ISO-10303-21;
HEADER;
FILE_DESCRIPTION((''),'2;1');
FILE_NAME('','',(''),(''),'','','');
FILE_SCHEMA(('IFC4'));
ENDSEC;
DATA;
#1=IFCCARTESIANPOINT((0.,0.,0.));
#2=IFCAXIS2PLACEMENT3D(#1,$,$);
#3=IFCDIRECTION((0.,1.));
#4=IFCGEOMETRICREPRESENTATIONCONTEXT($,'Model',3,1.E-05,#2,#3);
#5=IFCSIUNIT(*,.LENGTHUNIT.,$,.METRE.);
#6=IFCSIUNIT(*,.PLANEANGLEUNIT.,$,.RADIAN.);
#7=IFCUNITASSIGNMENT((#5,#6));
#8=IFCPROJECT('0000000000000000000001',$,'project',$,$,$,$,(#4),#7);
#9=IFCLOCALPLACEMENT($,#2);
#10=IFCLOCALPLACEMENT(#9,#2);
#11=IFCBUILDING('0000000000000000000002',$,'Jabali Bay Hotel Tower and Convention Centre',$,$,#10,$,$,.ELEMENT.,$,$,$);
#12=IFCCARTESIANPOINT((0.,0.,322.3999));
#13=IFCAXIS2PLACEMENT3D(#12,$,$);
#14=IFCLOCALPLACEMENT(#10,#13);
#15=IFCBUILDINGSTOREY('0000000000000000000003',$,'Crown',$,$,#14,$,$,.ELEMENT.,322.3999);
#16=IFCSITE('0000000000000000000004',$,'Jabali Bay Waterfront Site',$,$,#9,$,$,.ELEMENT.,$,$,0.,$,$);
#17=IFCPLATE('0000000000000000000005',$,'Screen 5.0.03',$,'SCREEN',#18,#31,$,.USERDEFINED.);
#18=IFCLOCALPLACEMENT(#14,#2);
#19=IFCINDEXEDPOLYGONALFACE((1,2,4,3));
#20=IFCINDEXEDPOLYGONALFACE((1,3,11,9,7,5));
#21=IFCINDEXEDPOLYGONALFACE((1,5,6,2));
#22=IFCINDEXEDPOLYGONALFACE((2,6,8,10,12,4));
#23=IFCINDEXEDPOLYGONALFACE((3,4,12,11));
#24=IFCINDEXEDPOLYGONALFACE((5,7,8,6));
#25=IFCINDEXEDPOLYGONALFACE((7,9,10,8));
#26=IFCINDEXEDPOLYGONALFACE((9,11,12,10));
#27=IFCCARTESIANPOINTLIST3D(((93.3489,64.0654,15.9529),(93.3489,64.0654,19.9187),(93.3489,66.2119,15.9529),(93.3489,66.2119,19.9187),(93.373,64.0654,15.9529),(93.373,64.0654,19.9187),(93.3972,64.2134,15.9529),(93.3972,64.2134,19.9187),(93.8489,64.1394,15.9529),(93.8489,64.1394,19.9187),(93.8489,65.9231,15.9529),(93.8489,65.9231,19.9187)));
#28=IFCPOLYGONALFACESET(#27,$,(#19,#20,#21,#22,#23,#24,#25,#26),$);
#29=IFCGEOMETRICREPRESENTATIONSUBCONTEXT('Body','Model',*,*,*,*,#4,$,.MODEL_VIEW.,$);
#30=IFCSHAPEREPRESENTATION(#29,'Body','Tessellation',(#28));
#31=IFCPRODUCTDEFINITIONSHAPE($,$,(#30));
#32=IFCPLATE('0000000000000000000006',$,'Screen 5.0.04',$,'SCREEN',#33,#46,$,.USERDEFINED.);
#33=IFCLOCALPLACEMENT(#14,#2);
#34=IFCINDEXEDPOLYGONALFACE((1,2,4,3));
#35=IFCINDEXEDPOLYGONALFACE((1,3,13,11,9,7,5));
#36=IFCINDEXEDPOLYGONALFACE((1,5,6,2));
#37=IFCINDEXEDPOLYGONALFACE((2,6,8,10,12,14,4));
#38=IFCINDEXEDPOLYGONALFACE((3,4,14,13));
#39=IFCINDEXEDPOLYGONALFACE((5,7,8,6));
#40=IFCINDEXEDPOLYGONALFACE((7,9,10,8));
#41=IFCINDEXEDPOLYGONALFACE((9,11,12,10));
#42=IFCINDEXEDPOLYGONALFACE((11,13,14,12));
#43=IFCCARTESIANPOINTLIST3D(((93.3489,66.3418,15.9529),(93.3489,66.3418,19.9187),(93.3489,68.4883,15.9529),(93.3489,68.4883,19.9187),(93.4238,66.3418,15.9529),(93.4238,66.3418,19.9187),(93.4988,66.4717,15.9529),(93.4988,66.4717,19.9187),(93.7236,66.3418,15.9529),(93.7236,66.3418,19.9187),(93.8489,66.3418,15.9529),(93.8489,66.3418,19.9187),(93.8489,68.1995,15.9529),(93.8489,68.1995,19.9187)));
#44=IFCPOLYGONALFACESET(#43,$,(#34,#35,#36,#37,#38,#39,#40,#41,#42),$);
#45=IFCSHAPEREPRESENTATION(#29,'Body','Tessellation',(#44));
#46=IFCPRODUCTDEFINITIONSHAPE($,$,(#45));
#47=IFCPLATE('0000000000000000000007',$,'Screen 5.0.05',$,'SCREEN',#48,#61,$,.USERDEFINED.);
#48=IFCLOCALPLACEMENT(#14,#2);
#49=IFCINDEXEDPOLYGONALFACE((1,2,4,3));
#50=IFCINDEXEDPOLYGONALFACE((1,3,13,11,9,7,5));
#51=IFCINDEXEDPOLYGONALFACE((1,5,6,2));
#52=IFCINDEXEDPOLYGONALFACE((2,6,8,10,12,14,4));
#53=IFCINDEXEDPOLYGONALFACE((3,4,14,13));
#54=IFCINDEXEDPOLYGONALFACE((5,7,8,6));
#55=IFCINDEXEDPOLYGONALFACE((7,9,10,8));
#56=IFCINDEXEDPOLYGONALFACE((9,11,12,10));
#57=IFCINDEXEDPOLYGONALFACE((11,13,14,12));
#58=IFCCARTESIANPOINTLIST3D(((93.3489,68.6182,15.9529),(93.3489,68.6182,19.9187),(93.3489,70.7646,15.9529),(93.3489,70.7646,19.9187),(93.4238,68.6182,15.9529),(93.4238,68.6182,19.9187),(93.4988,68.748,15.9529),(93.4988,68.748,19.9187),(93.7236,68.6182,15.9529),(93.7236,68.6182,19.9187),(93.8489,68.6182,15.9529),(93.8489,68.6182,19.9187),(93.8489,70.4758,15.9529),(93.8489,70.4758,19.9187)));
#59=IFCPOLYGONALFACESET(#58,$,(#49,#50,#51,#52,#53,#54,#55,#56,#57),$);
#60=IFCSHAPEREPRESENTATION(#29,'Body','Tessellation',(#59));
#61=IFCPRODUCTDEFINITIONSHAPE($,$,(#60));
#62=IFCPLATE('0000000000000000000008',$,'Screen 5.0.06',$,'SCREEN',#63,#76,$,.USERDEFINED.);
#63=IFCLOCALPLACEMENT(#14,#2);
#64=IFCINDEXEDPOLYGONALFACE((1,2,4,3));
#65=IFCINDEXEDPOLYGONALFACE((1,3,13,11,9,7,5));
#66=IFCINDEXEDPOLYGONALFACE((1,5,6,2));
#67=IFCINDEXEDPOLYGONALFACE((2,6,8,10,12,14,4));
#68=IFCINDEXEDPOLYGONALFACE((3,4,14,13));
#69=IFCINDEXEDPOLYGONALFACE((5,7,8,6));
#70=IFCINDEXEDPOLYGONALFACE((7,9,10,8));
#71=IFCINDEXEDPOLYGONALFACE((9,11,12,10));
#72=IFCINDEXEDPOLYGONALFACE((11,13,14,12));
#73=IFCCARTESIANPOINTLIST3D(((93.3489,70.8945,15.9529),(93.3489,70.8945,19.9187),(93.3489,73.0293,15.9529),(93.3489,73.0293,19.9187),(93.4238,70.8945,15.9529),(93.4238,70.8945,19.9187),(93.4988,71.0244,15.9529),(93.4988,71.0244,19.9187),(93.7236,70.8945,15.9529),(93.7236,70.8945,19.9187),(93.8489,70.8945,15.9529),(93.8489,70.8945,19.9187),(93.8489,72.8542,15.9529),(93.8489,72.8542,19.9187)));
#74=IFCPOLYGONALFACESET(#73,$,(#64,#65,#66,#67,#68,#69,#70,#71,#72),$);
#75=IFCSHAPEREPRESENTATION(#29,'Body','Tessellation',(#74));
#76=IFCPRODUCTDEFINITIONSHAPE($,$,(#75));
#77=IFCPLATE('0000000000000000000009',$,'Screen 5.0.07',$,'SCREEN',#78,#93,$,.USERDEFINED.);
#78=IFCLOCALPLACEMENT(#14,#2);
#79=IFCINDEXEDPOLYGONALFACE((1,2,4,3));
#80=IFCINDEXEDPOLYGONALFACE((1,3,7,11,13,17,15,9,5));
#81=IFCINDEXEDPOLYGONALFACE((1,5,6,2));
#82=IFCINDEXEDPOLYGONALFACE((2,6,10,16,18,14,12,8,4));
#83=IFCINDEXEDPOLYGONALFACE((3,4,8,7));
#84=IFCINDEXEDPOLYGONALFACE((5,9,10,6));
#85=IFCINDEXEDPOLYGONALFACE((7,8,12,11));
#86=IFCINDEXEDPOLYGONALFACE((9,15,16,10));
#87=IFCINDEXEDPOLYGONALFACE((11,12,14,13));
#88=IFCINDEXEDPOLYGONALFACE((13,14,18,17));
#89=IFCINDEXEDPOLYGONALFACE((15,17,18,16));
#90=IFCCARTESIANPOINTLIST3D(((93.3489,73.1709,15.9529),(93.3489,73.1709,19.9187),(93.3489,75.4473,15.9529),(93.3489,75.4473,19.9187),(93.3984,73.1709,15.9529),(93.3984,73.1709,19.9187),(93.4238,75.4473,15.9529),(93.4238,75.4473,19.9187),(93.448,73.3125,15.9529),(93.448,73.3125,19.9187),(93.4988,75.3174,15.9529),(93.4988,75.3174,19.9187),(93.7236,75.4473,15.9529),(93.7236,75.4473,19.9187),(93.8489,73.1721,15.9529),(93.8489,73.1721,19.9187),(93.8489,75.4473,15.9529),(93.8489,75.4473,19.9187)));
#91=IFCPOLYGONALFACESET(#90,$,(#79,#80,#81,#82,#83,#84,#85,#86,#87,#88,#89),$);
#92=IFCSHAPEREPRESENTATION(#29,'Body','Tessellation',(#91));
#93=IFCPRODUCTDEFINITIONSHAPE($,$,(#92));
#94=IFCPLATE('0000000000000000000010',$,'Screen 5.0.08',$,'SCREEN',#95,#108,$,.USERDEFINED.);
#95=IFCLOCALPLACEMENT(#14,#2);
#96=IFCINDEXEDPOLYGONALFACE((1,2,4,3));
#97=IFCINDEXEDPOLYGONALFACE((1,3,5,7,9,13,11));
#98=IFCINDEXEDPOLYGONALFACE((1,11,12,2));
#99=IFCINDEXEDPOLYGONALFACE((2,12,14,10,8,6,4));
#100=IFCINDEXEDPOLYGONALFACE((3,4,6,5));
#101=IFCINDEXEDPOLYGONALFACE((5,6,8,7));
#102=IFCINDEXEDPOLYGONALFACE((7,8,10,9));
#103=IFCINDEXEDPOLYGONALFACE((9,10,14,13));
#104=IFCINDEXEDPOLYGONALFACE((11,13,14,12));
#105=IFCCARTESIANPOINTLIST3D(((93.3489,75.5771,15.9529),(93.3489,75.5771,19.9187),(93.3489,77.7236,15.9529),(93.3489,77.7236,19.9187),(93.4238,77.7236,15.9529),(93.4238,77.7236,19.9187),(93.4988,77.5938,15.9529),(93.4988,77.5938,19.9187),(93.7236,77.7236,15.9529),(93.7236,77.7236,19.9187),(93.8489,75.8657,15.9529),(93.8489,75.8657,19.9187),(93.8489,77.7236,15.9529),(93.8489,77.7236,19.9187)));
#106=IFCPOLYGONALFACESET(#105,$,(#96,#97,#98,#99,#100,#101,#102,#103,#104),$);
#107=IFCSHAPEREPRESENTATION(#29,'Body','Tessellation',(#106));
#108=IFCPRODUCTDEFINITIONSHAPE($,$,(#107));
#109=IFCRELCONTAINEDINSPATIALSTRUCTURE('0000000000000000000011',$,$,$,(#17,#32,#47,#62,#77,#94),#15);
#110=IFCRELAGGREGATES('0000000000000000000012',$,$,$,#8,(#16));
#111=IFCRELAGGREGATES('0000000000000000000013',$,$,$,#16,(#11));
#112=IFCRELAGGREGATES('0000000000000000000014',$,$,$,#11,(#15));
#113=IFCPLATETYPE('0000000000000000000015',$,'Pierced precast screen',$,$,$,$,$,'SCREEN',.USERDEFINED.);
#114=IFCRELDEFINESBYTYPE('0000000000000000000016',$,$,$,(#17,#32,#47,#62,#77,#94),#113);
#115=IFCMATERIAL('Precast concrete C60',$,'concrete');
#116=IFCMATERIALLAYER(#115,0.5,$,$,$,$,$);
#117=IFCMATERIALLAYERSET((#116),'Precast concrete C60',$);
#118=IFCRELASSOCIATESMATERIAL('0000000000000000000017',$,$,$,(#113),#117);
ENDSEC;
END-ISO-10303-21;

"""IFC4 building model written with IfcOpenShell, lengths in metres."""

from ifc_helpers import new_model, si_unit, direction, frame, origin, place, context, subcontext, project, spatial, polyline, outline, extrude, material, layer, layer_set, type_object, element, save


model = new_model("IFC4")

# Units and contexts
model_context = context("Model", 3, precision=1e-05, world=origin(), true_north=direction((0.0, 1.0)))
body_context = subcontext(model_context, "Body", "Model", "MODEL_VIEW")
ifc_project = project(units=[si_unit("LENGTHUNIT", "METRE"), si_unit("PLANEANGLEUNIT", "RADIAN")], contexts=[model_context])

# Site, building, storey
site_placement = place(None, origin())
site = spatial("IfcSite", under=ifc_project, at=site_placement, Name="Jabali Bay Waterfront Site", CompositionType="ELEMENT", RefElevation=0.0)
building_placement = place(site_placement, origin())
building = spatial("IfcBuilding", under=site, at=building_placement, Name="Jabali Bay Hotel Tower and Convention Centre", CompositionType="ELEMENT")
storey_placement = place(building_placement, frame((0.0, 0.0, 322.3999)))
storey = spatial("IfcBuildingStorey", under=building, at=storey_placement, Name="Crown", CompositionType="ELEMENT", Elevation=322.3999)

# Plates
ifc_material = material(Name="Precast concrete C60", Category="concrete")
ifc_layer = layer(ifc_material, 0.5)
ifc_layer_set = layer_set([ifc_layer], Name="Precast concrete C60")
plate_type = type_object("IfcPlateType", Name="Pierced precast screen", ElementType="SCREEN", PredefinedType="USERDEFINED", material=ifc_layer_set)
plate_1_placement = place(storey_placement, frame((0.0, 0.0, 15.9529)))
element("IfcPlate", 1, at=plate_1_placement, inside=storey, type_object=plate_type, Name="Screen 5.0.03", ObjectType="SCREEN", PredefinedType="USERDEFINED", context=body_context, shape_type="SweptSolid", body=[
    extrude(outline(polyline([(93.3489, 66.2119), (93.3489, 64.0654), (93.373, 64.0654), (93.3972, 64.2134), (93.8489, 64.1394), (93.8489, 65.9231), (93.3489, 66.2119)])), origin(), (0.0, 0.0, 1.0), 3.9658),
])
plate_2_placement = place(storey_placement, frame((0.0, 0.0, 15.9529)))
element("IfcPlate", 2, at=plate_2_placement, inside=storey, type_object=plate_type, Name="Screen 5.0.04", ObjectType="SCREEN", PredefinedType="USERDEFINED", context=body_context, shape_type="SweptSolid", body=[
    extrude(outline(polyline([(93.3489, 68.4883), (93.3489, 66.3418), (93.4238, 66.3418), (93.4988, 66.4717), (93.7236, 66.3418), (93.8489, 66.3418), (93.8489, 68.1995), (93.3489, 68.4883)])), origin(), (0.0, 0.0, 1.0), 3.9658),
])
plate_3_placement = place(storey_placement, frame((0.0, 0.0, 15.9529)))
element("IfcPlate", 3, at=plate_3_placement, inside=storey, type_object=plate_type, Name="Screen 5.0.05", ObjectType="SCREEN", PredefinedType="USERDEFINED", context=body_context, shape_type="SweptSolid", body=[
    extrude(outline(polyline([(93.3489, 70.7646), (93.3489, 68.6182), (93.4238, 68.6182), (93.4988, 68.748), (93.7236, 68.6182), (93.8489, 68.6182), (93.8489, 70.4758), (93.3489, 70.7646)])), origin(), (0.0, 0.0, 1.0), 3.9658),
])
plate_4_placement = place(storey_placement, frame((0.0, 0.0, 15.9529)))
element("IfcPlate", 4, at=plate_4_placement, inside=storey, type_object=plate_type, Name="Screen 5.0.06", ObjectType="SCREEN", PredefinedType="USERDEFINED", context=body_context, shape_type="SweptSolid", body=[
    extrude(outline(polyline([(93.3489, 73.0293), (93.3489, 70.8945), (93.4238, 70.8945), (93.4988, 71.0244), (93.7236, 70.8945), (93.8489, 70.8945), (93.8489, 72.8542), (93.3489, 73.0293)])), origin(), (0.0, 0.0, 1.0), 3.9658),
])
plate_5_placement = place(storey_placement, frame((0.0, 0.0, 15.9529)))
element("IfcPlate", 5, at=plate_5_placement, inside=storey, type_object=plate_type, Name="Screen 5.0.07", ObjectType="SCREEN", PredefinedType="USERDEFINED", context=body_context, shape_type="SweptSolid", body=[
    extrude(outline(polyline([(93.3489, 75.4473), (93.3489, 73.1709), (93.3984, 73.1709), (93.448, 73.3125), (93.8489, 73.1721), (93.8489, 75.4473), (93.7236, 75.4473), (93.4988, 75.3174), (93.4238, 75.4473), (93.3489, 75.4473)])), origin(), (0.0, 0.0, 1.0), 3.9658),
])
plate_6_placement = place(storey_placement, frame((0.0, 0.0, 15.9529)))
element("IfcPlate", 6, at=plate_6_placement, inside=storey, type_object=plate_type, Name="Screen 5.0.08", ObjectType="SCREEN", PredefinedType="USERDEFINED", context=body_context, shape_type="SweptSolid", body=[
    extrude(outline(polyline([(93.3489, 77.7236), (93.3489, 75.5771), (93.8489, 75.8657), (93.8489, 77.7236), (93.7236, 77.7236), (93.4988, 77.5938), (93.4238, 77.7236), (93.3489, 77.7236)])), origin(), (0.0, 0.0, 1.0), 3.9658),
])

save(model, "model.ifc")
